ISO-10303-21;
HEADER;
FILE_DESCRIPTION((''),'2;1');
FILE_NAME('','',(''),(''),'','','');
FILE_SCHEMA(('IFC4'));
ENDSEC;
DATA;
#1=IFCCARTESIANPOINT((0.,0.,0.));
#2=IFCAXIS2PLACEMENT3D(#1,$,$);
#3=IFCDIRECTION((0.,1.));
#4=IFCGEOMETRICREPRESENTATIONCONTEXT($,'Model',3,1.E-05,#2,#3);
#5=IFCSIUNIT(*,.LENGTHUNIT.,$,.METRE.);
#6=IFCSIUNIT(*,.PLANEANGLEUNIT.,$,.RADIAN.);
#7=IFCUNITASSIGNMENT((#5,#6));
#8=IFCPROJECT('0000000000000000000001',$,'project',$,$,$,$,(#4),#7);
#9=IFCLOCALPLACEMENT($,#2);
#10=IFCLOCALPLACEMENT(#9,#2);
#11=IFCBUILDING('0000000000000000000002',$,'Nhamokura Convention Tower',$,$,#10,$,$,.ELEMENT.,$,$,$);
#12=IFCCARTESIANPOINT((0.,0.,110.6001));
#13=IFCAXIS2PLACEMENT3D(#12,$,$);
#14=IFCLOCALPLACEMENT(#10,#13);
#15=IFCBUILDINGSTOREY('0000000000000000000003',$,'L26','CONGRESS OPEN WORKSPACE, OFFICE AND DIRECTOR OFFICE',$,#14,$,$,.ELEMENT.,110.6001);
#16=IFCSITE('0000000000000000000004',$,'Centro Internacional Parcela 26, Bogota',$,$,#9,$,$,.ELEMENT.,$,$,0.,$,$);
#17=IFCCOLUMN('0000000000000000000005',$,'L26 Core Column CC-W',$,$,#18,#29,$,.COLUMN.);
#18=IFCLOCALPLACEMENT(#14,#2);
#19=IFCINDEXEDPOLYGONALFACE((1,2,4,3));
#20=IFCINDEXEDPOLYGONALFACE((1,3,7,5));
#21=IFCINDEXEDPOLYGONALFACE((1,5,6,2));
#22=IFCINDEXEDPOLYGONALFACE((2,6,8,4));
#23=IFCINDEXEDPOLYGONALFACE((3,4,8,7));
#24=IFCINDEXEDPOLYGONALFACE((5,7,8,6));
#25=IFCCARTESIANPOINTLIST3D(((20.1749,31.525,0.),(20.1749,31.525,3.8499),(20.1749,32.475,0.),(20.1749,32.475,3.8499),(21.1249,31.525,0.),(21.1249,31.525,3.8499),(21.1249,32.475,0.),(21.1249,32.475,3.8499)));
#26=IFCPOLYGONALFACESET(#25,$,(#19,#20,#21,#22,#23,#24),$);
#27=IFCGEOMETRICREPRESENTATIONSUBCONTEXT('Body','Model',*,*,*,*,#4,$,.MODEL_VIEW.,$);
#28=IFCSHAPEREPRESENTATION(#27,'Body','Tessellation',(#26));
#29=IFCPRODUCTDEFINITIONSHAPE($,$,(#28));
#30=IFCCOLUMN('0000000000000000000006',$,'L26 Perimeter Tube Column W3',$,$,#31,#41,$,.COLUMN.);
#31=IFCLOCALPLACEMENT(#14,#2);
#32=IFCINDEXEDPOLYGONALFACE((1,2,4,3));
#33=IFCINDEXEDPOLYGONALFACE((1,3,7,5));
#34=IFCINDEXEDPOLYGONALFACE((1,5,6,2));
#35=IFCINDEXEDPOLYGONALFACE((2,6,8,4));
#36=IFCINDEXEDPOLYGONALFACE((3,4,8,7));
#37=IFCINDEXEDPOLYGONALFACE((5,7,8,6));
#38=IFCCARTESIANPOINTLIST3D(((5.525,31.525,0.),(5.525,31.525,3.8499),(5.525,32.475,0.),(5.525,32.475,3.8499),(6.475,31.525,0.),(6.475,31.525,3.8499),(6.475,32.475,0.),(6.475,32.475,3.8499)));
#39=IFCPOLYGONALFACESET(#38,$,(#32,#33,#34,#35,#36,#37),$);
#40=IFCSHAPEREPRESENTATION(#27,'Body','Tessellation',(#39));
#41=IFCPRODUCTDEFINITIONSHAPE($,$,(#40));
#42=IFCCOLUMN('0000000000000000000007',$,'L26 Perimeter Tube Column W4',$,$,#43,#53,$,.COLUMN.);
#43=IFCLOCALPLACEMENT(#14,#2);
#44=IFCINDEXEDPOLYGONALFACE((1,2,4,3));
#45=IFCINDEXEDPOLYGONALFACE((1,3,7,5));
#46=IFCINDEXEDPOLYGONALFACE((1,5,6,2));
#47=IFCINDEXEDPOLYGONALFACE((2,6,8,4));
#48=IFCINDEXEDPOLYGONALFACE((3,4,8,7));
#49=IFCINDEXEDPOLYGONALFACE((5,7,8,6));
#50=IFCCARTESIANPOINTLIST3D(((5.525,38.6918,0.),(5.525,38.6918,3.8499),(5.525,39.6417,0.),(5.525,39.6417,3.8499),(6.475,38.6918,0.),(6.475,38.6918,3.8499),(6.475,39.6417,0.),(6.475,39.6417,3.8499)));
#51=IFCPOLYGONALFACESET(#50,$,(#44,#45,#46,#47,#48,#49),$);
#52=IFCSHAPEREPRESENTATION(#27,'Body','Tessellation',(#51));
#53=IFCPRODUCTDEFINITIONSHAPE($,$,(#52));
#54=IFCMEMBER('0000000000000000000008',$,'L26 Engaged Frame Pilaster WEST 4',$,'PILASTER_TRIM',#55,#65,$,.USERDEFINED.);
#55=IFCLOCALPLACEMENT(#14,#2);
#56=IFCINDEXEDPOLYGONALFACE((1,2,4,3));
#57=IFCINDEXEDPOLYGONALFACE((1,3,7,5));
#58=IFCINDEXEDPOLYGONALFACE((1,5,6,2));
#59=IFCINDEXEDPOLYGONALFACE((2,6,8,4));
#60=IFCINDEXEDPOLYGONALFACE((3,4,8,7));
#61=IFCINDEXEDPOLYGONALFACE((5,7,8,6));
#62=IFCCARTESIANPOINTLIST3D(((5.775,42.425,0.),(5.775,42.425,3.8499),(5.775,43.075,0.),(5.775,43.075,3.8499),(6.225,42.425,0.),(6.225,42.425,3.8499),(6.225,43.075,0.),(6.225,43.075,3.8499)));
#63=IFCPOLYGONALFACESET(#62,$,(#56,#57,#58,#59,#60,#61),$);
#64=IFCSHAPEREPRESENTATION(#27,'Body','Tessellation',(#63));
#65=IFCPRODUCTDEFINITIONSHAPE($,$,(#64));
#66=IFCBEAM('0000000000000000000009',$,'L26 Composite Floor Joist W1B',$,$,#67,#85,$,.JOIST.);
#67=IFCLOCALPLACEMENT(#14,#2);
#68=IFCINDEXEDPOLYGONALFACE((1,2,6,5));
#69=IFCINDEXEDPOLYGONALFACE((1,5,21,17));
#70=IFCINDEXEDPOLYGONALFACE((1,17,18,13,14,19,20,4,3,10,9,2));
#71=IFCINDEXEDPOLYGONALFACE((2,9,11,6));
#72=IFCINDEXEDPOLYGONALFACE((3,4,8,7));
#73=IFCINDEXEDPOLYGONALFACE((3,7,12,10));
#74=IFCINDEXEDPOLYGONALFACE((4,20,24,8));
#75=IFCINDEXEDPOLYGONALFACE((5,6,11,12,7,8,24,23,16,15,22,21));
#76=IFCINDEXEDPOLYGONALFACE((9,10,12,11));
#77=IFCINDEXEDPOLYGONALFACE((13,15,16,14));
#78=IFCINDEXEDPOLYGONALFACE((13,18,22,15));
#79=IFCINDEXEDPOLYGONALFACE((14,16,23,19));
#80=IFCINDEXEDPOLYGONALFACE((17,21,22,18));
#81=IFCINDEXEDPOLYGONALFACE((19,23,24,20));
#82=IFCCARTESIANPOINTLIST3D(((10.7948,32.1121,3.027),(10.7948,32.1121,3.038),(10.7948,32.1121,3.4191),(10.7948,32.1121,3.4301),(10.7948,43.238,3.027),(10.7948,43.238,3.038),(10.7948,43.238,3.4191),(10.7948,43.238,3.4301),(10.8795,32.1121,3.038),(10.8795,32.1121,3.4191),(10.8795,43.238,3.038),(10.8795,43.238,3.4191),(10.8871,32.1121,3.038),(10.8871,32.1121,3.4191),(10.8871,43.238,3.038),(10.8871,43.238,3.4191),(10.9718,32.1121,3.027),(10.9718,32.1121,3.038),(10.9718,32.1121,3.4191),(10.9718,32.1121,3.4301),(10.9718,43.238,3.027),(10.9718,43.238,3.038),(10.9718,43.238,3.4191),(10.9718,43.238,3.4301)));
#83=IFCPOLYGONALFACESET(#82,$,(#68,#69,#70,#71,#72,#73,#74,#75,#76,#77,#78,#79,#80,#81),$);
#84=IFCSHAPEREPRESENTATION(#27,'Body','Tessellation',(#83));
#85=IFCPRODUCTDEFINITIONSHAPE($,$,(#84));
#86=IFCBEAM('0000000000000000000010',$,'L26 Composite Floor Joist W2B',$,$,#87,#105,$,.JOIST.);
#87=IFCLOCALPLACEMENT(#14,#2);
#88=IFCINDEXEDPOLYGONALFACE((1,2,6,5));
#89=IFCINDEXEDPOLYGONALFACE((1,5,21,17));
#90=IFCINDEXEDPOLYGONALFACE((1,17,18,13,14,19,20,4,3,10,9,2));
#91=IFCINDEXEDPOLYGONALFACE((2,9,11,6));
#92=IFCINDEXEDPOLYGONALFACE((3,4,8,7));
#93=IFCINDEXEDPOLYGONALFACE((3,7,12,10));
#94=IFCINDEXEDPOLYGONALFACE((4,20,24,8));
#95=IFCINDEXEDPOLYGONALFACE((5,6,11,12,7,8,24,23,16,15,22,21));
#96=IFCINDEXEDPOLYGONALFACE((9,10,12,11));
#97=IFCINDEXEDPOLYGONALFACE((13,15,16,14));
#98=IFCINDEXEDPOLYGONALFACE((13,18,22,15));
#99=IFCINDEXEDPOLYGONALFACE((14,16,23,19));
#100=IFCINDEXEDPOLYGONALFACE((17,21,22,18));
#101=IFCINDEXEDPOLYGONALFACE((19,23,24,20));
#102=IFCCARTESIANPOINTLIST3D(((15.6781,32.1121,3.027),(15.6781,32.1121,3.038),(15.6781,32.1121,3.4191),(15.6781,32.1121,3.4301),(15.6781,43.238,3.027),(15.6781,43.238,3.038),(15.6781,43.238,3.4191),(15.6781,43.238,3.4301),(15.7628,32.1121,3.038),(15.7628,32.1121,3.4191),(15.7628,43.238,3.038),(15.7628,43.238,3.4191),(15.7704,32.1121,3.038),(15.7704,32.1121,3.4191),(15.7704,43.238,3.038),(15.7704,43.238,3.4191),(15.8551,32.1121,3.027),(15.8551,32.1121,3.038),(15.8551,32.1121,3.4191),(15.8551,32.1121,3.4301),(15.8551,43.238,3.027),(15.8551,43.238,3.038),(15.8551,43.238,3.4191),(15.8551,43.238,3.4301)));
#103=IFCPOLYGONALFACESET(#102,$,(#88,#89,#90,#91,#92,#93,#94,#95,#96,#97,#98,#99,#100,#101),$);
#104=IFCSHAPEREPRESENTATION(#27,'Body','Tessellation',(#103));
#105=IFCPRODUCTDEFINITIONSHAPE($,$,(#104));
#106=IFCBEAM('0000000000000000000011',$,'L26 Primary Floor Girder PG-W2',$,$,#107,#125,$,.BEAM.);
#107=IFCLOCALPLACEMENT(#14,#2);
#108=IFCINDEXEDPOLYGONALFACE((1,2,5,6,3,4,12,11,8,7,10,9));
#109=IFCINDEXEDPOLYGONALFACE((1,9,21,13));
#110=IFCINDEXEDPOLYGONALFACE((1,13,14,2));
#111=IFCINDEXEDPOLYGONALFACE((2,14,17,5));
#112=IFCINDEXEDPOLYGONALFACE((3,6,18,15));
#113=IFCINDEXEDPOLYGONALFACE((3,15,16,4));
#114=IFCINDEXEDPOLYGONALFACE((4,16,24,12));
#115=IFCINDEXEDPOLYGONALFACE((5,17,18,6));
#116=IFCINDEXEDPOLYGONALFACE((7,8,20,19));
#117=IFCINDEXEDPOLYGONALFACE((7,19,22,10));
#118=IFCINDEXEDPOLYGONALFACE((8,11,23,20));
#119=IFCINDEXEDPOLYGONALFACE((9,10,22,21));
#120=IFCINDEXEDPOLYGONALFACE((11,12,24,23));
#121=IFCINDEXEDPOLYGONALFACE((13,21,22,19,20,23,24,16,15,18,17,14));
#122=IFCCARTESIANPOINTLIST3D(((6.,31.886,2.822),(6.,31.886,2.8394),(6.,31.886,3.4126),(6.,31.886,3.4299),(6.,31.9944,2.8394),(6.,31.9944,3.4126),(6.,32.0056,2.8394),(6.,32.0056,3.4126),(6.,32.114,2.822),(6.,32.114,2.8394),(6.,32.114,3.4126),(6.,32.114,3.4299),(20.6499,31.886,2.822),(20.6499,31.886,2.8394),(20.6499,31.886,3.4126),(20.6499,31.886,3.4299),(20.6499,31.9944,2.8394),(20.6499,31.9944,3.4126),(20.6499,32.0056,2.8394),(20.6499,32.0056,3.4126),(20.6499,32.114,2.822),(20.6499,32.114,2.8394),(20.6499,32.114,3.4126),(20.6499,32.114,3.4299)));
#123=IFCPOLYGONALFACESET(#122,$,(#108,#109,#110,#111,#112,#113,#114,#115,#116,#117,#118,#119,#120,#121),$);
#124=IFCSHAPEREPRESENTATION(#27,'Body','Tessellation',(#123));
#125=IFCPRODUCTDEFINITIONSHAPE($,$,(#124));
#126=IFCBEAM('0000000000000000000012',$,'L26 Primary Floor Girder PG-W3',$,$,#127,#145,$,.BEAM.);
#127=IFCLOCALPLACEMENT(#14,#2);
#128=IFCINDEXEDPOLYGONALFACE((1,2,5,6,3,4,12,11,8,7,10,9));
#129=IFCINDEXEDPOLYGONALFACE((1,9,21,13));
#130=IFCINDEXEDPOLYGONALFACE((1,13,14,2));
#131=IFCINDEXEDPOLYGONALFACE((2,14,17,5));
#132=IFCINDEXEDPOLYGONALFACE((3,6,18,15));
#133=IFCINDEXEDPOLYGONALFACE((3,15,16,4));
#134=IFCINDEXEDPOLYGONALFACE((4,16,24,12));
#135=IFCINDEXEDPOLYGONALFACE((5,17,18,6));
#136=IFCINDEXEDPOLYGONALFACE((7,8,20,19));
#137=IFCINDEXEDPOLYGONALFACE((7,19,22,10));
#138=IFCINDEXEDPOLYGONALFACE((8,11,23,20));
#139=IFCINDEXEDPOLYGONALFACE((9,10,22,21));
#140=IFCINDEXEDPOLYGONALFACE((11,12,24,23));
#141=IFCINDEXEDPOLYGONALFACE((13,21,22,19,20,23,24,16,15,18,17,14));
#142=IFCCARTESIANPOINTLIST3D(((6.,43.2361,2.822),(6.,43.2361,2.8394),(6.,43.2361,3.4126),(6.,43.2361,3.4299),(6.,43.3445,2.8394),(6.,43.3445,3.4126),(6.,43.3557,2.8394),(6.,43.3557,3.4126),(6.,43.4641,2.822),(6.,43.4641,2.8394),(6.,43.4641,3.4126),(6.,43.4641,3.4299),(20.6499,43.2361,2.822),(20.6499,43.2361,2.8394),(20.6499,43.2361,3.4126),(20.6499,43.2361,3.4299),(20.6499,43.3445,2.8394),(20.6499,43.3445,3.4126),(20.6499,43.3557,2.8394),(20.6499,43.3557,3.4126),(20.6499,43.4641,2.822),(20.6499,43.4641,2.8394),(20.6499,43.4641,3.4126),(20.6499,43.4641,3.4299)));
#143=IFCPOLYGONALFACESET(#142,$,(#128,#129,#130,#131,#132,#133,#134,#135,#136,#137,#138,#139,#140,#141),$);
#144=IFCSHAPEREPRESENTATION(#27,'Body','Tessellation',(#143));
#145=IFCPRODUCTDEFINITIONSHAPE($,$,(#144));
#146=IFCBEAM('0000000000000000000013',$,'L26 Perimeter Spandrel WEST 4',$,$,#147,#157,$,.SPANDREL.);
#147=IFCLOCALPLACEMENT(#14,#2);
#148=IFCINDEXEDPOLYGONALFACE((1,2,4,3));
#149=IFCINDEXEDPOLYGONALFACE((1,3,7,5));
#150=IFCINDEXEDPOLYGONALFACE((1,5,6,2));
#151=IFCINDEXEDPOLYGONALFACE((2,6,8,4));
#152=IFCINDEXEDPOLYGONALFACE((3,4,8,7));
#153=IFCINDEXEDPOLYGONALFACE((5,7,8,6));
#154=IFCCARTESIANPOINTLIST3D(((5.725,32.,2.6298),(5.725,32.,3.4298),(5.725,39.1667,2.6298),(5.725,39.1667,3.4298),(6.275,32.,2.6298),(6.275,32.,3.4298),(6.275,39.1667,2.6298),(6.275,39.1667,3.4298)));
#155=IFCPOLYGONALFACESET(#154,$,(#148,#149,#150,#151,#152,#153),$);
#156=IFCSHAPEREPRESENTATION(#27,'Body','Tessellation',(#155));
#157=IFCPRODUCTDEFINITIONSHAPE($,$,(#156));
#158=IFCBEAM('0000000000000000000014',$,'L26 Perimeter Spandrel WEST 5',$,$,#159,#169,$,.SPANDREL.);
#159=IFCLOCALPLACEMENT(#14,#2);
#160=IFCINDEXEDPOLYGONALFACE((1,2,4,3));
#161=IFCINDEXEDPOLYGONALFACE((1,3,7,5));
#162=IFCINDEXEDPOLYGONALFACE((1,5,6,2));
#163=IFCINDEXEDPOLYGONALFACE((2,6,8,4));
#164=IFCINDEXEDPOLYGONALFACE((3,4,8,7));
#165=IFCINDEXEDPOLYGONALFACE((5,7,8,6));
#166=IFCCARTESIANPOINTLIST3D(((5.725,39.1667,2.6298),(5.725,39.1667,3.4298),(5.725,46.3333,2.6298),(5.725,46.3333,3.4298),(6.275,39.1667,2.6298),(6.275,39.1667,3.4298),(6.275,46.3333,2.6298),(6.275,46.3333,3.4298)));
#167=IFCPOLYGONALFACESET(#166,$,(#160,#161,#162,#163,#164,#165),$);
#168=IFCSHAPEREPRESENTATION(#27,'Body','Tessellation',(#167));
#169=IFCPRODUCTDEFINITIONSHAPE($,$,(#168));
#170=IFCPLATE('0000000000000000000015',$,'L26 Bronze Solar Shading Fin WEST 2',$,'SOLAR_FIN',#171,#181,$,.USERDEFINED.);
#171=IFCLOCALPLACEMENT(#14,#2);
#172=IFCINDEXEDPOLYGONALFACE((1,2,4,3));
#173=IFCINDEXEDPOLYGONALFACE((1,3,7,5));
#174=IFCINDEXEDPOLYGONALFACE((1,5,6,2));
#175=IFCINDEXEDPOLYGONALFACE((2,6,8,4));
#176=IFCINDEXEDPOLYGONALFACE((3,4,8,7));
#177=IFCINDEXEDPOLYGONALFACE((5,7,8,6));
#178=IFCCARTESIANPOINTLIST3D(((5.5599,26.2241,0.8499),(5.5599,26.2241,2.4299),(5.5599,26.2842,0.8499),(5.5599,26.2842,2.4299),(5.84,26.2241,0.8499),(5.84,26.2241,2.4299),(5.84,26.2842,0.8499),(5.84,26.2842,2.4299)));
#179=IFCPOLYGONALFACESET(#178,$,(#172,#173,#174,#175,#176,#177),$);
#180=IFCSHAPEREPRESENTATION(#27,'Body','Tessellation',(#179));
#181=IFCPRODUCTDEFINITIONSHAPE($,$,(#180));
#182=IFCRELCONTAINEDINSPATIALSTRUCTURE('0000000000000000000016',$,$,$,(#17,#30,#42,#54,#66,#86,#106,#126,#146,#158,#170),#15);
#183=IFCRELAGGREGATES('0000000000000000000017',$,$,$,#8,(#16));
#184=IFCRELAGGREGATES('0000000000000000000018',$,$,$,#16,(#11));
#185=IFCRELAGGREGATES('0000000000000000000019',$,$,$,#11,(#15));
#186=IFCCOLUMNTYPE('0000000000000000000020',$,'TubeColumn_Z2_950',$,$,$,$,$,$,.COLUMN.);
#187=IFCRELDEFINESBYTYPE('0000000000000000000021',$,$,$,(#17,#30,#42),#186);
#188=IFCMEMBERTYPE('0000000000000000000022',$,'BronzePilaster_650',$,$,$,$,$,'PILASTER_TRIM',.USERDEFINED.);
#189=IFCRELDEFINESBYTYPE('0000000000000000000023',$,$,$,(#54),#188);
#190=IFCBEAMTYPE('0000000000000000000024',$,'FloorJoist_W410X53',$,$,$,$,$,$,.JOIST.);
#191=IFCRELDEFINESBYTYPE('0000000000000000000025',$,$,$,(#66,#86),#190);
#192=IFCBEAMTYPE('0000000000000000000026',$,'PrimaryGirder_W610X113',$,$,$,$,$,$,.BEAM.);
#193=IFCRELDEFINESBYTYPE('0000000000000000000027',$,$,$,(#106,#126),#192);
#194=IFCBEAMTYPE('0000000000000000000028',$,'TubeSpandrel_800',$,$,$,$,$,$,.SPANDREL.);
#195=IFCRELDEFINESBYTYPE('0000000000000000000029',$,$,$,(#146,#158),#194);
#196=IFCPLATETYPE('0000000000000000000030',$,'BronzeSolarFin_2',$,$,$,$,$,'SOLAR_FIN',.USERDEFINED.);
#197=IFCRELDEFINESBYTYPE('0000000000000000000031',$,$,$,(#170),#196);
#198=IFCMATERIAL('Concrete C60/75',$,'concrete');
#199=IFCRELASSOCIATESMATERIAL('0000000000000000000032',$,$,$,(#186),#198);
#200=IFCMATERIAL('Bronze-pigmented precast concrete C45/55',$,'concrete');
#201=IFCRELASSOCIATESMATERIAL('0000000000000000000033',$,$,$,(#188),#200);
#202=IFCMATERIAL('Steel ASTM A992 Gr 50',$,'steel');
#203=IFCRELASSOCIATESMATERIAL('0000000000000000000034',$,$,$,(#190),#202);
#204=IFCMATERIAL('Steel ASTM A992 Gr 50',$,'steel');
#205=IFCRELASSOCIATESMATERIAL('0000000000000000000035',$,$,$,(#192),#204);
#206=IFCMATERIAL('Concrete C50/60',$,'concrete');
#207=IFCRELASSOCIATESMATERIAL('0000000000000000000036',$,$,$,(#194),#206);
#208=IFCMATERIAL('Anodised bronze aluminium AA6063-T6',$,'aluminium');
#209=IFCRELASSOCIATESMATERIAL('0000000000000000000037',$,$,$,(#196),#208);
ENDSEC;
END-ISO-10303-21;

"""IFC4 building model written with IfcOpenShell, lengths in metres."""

from ifc_helpers import new_model, si_unit, direction, frame, origin, origin_2d, place, context, subcontext, project, spatial, rectangle, i_section, extrude, material, material_profile, profile_set, type_object, element, save


model = new_model("IFC4")

# Units and contexts
model_context = context("Model", 3, precision=1e-05, world=origin(), true_north=direction((0.0, 1.0)))
body_context = subcontext(model_context, "Body", "Model", "MODEL_VIEW")
ifc_project = project(units=[si_unit("LENGTHUNIT", "METRE"), si_unit("PLANEANGLEUNIT", "RADIAN")], contexts=[model_context])

# Site, building, storey
site_placement = place(None, origin())
site = spatial("IfcSite", under=ifc_project, at=site_placement, Name="Centro Internacional Parcela 26, Bogota", CompositionType="ELEMENT", RefElevation=0.0)
building_placement = place(site_placement, origin())
building = spatial("IfcBuilding", under=site, at=building_placement, Name="Nhamokura Convention Tower", CompositionType="ELEMENT")
storey_placement = place(building_placement, frame((0.0, 0.0, 110.6001)))
storey = spatial("IfcBuildingStorey", under=building, at=storey_placement, Name="L26", Description="CONGRESS OPEN WORKSPACE, OFFICE AND DIRECTOR OFFICE", CompositionType="ELEMENT", Elevation=110.6001)

# Columns
ifc_material_1 = material(Name="Concrete C60/75", Category="concrete")
ifc_material_profile_1 = material_profile(ifc_material_1, rectangle(XDim=0.95, YDim=0.95, at=origin_2d()))
ifc_profile_set_1 = profile_set([ifc_material_profile_1], Name="Concrete C60/75")
column_type = type_object("IfcColumnType", Name="TubeColumn_Z2_950", PredefinedType="COLUMN", material=ifc_profile_set_1)
for number, where, z_axis, x_axis, name in (
    (1, (20.6499, 32.0, 0.0), (0.0, 0.0, 1.0), (1.0, 0.0, 0.0), "L26 Core Column CC-W"),
    (2, (6.0, 32.0, 0.0), (0.0, 0.0, 1.0), (1.0, 0.0, 0.0), "L26 Perimeter Tube Column W3"),
    (3, (6.0, 39.1667, 0.0), (0.0, 0.0, 1.0), (1.0, 0.0, 0.0), "L26 Perimeter Tube Column W4"),
):
    element("IfcColumn", number, at=place(storey_placement, frame(where, z_axis=z_axis, x_axis=x_axis)), inside=storey, type_object=column_type, Name=name, PredefinedType="COLUMN", context=body_context, shape_type="SweptSolid", body=[
        extrude(rectangle(XDim=0.95, YDim=0.95, at=origin_2d()), origin(), (0.0, 0.0, 1.0), 3.8499),
    ])

# Member
ifc_material_2 = material(Name="Bronze-pigmented precast concrete C45/55", Category="concrete")
ifc_material_profile_2 = material_profile(ifc_material_2, rectangle(XDim=0.45, YDim=0.6499, at=origin_2d()))
ifc_profile_set_2 = profile_set([ifc_material_profile_2], Name="Bronze-pigmented precast concrete C45/55")
member_type = type_object("IfcMemberType", Name="BronzePilaster_650", ElementType="PILASTER_TRIM", PredefinedType="USERDEFINED", material=ifc_profile_set_2)
member_placement = place(storey_placement, frame((6.0, 42.75, 0.0), z_axis=(0.0, 0.0, 1.0), x_axis=(1.0, 0.0, 0.0)))
element("IfcMember", 4, at=member_placement, inside=storey, type_object=member_type, Name="L26 Engaged Frame Pilaster WEST 4", ObjectType="PILASTER_TRIM", PredefinedType="USERDEFINED", context=body_context, shape_type="SweptSolid", body=[
    extrude(rectangle(XDim=0.45, YDim=0.6499, at=origin_2d()), origin(), (0.0, 0.0, 1.0), 3.8499),
])

# Beams
ifc_material_3 = material(Name="Steel ASTM A992 Gr 50", Category="steel")
ifc_material_profile_3 = material_profile(ifc_material_3, i_section(OverallWidth=0.177, OverallDepth=0.4031, WebThickness=0.0076, FlangeThickness=0.011, at=origin_2d()))
ifc_profile_set_3 = profile_set([ifc_material_profile_3], Name="Steel ASTM A992 Gr 50")
beam_type_1 = type_object("IfcBeamType", Name="FloorJoist_W410X53", PredefinedType="JOIST", material=ifc_profile_set_3)
for number, where, z_axis, x_axis, name in (
    (5, (10.8833, 32.1121, 3.2285), (0.0, 1.0, 0.0), (-1.0, 0.0, 0.0), "L26 Composite Floor Joist W1B"),
    (6, (15.7666, 32.1121, 3.2285), (0.0, 1.0, 0.0), (-1.0, 0.0, 0.0), "L26 Composite Floor Joist W2B"),
):
    element("IfcBeam", number, at=place(storey_placement, frame(where, z_axis=z_axis, x_axis=x_axis)), inside=storey, type_object=beam_type_1, Name=name, PredefinedType="JOIST", context=body_context, shape_type="SweptSolid", body=[
        extrude(i_section(OverallWidth=0.177, OverallDepth=0.4031, WebThickness=0.0076, FlangeThickness=0.011, at=origin_2d()), origin(), (0.0, 0.0, 1.0), 11.126),
    ])
ifc_material_4 = material(Name="Steel ASTM A992 Gr 50", Category="steel")
ifc_material_profile_4 = material_profile(ifc_material_4, i_section(OverallWidth=0.228, OverallDepth=0.6079, WebThickness=0.0112, FlangeThickness=0.0173, at=origin_2d()))
ifc_profile_set_4 = profile_set([ifc_material_profile_4], Name="Steel ASTM A992 Gr 50")
beam_type_2 = type_object("IfcBeamType", Name="PrimaryGirder_W610X113", PredefinedType="BEAM", material=ifc_profile_set_4)
for number, where, z_axis, x_axis, name in (
    (7, (6.0, 32.0, 3.126), (1.0, 0.0, 0.0), (0.0, 1.0, 0.0), "L26 Primary Floor Girder PG-W2"),
    (8, (6.0, 43.3501, 3.126), (1.0, 0.0, 0.0), (0.0, 1.0, 0.0), "L26 Primary Floor Girder PG-W3"),
):
    element("IfcBeam", number, at=place(storey_placement, frame(where, z_axis=z_axis, x_axis=x_axis)), inside=storey, type_object=beam_type_2, Name=name, PredefinedType="BEAM", context=body_context, shape_type="SweptSolid", body=[
        extrude(i_section(OverallWidth=0.228, OverallDepth=0.6079, WebThickness=0.0112, FlangeThickness=0.0173, at=origin_2d()), origin(), (0.0, 0.0, 1.0), 14.6499),
    ])
ifc_material_5 = material(Name="Concrete C50/60", Category="concrete")
ifc_material_profile_5 = material_profile(ifc_material_5, rectangle(XDim=0.55, YDim=0.8, at=origin_2d()))
ifc_profile_set_5 = profile_set([ifc_material_profile_5], Name="Concrete C50/60")
beam_type_3 = type_object("IfcBeamType", Name="TubeSpandrel_800", PredefinedType="SPANDREL", material=ifc_profile_set_5)
beam_1_placement = place(storey_placement, frame((6.0, 32.0, 3.0298), z_axis=(0.0, 1.0, 0.0), x_axis=(-1.0, 0.0, 0.0)))
element("IfcBeam", 9, at=beam_1_placement, inside=storey, type_object=beam_type_3, Name="L26 Perimeter Spandrel WEST 4", PredefinedType="SPANDREL", context=body_context, shape_type="SweptSolid", body=[
    extrude(rectangle(XDim=0.55, YDim=0.8, at=origin_2d()), origin(), (0.0, 0.0, 1.0), 7.1667),
])
beam_2_placement = place(storey_placement, frame((6.0, 39.1667, 3.0298), z_axis=(0.0, 1.0, 0.0), x_axis=(-1.0, 0.0, 0.0)))
element("IfcBeam", 10, at=beam_2_placement, inside=storey, type_object=beam_type_3, Name="L26 Perimeter Spandrel WEST 5", PredefinedType="SPANDREL", context=body_context, shape_type="SweptSolid", body=[
    extrude(rectangle(XDim=0.55, YDim=0.8, at=origin_2d()), origin(), (0.0, 0.0, 1.0), 7.1665),
])

# Plate
ifc_material_6 = material(Name="Anodised bronze aluminium AA6063-T6", Category="aluminium")
plate_type = type_object("IfcPlateType", Name="BronzeSolarFin_2", ElementType="SOLAR_FIN", PredefinedType="USERDEFINED", material=ifc_material_6)
plate_placement = place(storey_placement, frame((5.7, 26.2542, 0.8499), z_axis=(0.0, 0.0, 1.0), x_axis=(1.0, 0.0, 0.0)))
element("IfcPlate", 11, at=plate_placement, inside=storey, type_object=plate_type, Name="L26 Bronze Solar Shading Fin WEST 2", ObjectType="SOLAR_FIN", PredefinedType="USERDEFINED", context=body_context, shape_type="SweptSolid", body=[
    extrude(rectangle(XDim=0.28, YDim=0.0601, at=origin_2d()), origin(), (0.0, 0.0, 1.0), 1.5801),
])

save(model, "model.ifc")
